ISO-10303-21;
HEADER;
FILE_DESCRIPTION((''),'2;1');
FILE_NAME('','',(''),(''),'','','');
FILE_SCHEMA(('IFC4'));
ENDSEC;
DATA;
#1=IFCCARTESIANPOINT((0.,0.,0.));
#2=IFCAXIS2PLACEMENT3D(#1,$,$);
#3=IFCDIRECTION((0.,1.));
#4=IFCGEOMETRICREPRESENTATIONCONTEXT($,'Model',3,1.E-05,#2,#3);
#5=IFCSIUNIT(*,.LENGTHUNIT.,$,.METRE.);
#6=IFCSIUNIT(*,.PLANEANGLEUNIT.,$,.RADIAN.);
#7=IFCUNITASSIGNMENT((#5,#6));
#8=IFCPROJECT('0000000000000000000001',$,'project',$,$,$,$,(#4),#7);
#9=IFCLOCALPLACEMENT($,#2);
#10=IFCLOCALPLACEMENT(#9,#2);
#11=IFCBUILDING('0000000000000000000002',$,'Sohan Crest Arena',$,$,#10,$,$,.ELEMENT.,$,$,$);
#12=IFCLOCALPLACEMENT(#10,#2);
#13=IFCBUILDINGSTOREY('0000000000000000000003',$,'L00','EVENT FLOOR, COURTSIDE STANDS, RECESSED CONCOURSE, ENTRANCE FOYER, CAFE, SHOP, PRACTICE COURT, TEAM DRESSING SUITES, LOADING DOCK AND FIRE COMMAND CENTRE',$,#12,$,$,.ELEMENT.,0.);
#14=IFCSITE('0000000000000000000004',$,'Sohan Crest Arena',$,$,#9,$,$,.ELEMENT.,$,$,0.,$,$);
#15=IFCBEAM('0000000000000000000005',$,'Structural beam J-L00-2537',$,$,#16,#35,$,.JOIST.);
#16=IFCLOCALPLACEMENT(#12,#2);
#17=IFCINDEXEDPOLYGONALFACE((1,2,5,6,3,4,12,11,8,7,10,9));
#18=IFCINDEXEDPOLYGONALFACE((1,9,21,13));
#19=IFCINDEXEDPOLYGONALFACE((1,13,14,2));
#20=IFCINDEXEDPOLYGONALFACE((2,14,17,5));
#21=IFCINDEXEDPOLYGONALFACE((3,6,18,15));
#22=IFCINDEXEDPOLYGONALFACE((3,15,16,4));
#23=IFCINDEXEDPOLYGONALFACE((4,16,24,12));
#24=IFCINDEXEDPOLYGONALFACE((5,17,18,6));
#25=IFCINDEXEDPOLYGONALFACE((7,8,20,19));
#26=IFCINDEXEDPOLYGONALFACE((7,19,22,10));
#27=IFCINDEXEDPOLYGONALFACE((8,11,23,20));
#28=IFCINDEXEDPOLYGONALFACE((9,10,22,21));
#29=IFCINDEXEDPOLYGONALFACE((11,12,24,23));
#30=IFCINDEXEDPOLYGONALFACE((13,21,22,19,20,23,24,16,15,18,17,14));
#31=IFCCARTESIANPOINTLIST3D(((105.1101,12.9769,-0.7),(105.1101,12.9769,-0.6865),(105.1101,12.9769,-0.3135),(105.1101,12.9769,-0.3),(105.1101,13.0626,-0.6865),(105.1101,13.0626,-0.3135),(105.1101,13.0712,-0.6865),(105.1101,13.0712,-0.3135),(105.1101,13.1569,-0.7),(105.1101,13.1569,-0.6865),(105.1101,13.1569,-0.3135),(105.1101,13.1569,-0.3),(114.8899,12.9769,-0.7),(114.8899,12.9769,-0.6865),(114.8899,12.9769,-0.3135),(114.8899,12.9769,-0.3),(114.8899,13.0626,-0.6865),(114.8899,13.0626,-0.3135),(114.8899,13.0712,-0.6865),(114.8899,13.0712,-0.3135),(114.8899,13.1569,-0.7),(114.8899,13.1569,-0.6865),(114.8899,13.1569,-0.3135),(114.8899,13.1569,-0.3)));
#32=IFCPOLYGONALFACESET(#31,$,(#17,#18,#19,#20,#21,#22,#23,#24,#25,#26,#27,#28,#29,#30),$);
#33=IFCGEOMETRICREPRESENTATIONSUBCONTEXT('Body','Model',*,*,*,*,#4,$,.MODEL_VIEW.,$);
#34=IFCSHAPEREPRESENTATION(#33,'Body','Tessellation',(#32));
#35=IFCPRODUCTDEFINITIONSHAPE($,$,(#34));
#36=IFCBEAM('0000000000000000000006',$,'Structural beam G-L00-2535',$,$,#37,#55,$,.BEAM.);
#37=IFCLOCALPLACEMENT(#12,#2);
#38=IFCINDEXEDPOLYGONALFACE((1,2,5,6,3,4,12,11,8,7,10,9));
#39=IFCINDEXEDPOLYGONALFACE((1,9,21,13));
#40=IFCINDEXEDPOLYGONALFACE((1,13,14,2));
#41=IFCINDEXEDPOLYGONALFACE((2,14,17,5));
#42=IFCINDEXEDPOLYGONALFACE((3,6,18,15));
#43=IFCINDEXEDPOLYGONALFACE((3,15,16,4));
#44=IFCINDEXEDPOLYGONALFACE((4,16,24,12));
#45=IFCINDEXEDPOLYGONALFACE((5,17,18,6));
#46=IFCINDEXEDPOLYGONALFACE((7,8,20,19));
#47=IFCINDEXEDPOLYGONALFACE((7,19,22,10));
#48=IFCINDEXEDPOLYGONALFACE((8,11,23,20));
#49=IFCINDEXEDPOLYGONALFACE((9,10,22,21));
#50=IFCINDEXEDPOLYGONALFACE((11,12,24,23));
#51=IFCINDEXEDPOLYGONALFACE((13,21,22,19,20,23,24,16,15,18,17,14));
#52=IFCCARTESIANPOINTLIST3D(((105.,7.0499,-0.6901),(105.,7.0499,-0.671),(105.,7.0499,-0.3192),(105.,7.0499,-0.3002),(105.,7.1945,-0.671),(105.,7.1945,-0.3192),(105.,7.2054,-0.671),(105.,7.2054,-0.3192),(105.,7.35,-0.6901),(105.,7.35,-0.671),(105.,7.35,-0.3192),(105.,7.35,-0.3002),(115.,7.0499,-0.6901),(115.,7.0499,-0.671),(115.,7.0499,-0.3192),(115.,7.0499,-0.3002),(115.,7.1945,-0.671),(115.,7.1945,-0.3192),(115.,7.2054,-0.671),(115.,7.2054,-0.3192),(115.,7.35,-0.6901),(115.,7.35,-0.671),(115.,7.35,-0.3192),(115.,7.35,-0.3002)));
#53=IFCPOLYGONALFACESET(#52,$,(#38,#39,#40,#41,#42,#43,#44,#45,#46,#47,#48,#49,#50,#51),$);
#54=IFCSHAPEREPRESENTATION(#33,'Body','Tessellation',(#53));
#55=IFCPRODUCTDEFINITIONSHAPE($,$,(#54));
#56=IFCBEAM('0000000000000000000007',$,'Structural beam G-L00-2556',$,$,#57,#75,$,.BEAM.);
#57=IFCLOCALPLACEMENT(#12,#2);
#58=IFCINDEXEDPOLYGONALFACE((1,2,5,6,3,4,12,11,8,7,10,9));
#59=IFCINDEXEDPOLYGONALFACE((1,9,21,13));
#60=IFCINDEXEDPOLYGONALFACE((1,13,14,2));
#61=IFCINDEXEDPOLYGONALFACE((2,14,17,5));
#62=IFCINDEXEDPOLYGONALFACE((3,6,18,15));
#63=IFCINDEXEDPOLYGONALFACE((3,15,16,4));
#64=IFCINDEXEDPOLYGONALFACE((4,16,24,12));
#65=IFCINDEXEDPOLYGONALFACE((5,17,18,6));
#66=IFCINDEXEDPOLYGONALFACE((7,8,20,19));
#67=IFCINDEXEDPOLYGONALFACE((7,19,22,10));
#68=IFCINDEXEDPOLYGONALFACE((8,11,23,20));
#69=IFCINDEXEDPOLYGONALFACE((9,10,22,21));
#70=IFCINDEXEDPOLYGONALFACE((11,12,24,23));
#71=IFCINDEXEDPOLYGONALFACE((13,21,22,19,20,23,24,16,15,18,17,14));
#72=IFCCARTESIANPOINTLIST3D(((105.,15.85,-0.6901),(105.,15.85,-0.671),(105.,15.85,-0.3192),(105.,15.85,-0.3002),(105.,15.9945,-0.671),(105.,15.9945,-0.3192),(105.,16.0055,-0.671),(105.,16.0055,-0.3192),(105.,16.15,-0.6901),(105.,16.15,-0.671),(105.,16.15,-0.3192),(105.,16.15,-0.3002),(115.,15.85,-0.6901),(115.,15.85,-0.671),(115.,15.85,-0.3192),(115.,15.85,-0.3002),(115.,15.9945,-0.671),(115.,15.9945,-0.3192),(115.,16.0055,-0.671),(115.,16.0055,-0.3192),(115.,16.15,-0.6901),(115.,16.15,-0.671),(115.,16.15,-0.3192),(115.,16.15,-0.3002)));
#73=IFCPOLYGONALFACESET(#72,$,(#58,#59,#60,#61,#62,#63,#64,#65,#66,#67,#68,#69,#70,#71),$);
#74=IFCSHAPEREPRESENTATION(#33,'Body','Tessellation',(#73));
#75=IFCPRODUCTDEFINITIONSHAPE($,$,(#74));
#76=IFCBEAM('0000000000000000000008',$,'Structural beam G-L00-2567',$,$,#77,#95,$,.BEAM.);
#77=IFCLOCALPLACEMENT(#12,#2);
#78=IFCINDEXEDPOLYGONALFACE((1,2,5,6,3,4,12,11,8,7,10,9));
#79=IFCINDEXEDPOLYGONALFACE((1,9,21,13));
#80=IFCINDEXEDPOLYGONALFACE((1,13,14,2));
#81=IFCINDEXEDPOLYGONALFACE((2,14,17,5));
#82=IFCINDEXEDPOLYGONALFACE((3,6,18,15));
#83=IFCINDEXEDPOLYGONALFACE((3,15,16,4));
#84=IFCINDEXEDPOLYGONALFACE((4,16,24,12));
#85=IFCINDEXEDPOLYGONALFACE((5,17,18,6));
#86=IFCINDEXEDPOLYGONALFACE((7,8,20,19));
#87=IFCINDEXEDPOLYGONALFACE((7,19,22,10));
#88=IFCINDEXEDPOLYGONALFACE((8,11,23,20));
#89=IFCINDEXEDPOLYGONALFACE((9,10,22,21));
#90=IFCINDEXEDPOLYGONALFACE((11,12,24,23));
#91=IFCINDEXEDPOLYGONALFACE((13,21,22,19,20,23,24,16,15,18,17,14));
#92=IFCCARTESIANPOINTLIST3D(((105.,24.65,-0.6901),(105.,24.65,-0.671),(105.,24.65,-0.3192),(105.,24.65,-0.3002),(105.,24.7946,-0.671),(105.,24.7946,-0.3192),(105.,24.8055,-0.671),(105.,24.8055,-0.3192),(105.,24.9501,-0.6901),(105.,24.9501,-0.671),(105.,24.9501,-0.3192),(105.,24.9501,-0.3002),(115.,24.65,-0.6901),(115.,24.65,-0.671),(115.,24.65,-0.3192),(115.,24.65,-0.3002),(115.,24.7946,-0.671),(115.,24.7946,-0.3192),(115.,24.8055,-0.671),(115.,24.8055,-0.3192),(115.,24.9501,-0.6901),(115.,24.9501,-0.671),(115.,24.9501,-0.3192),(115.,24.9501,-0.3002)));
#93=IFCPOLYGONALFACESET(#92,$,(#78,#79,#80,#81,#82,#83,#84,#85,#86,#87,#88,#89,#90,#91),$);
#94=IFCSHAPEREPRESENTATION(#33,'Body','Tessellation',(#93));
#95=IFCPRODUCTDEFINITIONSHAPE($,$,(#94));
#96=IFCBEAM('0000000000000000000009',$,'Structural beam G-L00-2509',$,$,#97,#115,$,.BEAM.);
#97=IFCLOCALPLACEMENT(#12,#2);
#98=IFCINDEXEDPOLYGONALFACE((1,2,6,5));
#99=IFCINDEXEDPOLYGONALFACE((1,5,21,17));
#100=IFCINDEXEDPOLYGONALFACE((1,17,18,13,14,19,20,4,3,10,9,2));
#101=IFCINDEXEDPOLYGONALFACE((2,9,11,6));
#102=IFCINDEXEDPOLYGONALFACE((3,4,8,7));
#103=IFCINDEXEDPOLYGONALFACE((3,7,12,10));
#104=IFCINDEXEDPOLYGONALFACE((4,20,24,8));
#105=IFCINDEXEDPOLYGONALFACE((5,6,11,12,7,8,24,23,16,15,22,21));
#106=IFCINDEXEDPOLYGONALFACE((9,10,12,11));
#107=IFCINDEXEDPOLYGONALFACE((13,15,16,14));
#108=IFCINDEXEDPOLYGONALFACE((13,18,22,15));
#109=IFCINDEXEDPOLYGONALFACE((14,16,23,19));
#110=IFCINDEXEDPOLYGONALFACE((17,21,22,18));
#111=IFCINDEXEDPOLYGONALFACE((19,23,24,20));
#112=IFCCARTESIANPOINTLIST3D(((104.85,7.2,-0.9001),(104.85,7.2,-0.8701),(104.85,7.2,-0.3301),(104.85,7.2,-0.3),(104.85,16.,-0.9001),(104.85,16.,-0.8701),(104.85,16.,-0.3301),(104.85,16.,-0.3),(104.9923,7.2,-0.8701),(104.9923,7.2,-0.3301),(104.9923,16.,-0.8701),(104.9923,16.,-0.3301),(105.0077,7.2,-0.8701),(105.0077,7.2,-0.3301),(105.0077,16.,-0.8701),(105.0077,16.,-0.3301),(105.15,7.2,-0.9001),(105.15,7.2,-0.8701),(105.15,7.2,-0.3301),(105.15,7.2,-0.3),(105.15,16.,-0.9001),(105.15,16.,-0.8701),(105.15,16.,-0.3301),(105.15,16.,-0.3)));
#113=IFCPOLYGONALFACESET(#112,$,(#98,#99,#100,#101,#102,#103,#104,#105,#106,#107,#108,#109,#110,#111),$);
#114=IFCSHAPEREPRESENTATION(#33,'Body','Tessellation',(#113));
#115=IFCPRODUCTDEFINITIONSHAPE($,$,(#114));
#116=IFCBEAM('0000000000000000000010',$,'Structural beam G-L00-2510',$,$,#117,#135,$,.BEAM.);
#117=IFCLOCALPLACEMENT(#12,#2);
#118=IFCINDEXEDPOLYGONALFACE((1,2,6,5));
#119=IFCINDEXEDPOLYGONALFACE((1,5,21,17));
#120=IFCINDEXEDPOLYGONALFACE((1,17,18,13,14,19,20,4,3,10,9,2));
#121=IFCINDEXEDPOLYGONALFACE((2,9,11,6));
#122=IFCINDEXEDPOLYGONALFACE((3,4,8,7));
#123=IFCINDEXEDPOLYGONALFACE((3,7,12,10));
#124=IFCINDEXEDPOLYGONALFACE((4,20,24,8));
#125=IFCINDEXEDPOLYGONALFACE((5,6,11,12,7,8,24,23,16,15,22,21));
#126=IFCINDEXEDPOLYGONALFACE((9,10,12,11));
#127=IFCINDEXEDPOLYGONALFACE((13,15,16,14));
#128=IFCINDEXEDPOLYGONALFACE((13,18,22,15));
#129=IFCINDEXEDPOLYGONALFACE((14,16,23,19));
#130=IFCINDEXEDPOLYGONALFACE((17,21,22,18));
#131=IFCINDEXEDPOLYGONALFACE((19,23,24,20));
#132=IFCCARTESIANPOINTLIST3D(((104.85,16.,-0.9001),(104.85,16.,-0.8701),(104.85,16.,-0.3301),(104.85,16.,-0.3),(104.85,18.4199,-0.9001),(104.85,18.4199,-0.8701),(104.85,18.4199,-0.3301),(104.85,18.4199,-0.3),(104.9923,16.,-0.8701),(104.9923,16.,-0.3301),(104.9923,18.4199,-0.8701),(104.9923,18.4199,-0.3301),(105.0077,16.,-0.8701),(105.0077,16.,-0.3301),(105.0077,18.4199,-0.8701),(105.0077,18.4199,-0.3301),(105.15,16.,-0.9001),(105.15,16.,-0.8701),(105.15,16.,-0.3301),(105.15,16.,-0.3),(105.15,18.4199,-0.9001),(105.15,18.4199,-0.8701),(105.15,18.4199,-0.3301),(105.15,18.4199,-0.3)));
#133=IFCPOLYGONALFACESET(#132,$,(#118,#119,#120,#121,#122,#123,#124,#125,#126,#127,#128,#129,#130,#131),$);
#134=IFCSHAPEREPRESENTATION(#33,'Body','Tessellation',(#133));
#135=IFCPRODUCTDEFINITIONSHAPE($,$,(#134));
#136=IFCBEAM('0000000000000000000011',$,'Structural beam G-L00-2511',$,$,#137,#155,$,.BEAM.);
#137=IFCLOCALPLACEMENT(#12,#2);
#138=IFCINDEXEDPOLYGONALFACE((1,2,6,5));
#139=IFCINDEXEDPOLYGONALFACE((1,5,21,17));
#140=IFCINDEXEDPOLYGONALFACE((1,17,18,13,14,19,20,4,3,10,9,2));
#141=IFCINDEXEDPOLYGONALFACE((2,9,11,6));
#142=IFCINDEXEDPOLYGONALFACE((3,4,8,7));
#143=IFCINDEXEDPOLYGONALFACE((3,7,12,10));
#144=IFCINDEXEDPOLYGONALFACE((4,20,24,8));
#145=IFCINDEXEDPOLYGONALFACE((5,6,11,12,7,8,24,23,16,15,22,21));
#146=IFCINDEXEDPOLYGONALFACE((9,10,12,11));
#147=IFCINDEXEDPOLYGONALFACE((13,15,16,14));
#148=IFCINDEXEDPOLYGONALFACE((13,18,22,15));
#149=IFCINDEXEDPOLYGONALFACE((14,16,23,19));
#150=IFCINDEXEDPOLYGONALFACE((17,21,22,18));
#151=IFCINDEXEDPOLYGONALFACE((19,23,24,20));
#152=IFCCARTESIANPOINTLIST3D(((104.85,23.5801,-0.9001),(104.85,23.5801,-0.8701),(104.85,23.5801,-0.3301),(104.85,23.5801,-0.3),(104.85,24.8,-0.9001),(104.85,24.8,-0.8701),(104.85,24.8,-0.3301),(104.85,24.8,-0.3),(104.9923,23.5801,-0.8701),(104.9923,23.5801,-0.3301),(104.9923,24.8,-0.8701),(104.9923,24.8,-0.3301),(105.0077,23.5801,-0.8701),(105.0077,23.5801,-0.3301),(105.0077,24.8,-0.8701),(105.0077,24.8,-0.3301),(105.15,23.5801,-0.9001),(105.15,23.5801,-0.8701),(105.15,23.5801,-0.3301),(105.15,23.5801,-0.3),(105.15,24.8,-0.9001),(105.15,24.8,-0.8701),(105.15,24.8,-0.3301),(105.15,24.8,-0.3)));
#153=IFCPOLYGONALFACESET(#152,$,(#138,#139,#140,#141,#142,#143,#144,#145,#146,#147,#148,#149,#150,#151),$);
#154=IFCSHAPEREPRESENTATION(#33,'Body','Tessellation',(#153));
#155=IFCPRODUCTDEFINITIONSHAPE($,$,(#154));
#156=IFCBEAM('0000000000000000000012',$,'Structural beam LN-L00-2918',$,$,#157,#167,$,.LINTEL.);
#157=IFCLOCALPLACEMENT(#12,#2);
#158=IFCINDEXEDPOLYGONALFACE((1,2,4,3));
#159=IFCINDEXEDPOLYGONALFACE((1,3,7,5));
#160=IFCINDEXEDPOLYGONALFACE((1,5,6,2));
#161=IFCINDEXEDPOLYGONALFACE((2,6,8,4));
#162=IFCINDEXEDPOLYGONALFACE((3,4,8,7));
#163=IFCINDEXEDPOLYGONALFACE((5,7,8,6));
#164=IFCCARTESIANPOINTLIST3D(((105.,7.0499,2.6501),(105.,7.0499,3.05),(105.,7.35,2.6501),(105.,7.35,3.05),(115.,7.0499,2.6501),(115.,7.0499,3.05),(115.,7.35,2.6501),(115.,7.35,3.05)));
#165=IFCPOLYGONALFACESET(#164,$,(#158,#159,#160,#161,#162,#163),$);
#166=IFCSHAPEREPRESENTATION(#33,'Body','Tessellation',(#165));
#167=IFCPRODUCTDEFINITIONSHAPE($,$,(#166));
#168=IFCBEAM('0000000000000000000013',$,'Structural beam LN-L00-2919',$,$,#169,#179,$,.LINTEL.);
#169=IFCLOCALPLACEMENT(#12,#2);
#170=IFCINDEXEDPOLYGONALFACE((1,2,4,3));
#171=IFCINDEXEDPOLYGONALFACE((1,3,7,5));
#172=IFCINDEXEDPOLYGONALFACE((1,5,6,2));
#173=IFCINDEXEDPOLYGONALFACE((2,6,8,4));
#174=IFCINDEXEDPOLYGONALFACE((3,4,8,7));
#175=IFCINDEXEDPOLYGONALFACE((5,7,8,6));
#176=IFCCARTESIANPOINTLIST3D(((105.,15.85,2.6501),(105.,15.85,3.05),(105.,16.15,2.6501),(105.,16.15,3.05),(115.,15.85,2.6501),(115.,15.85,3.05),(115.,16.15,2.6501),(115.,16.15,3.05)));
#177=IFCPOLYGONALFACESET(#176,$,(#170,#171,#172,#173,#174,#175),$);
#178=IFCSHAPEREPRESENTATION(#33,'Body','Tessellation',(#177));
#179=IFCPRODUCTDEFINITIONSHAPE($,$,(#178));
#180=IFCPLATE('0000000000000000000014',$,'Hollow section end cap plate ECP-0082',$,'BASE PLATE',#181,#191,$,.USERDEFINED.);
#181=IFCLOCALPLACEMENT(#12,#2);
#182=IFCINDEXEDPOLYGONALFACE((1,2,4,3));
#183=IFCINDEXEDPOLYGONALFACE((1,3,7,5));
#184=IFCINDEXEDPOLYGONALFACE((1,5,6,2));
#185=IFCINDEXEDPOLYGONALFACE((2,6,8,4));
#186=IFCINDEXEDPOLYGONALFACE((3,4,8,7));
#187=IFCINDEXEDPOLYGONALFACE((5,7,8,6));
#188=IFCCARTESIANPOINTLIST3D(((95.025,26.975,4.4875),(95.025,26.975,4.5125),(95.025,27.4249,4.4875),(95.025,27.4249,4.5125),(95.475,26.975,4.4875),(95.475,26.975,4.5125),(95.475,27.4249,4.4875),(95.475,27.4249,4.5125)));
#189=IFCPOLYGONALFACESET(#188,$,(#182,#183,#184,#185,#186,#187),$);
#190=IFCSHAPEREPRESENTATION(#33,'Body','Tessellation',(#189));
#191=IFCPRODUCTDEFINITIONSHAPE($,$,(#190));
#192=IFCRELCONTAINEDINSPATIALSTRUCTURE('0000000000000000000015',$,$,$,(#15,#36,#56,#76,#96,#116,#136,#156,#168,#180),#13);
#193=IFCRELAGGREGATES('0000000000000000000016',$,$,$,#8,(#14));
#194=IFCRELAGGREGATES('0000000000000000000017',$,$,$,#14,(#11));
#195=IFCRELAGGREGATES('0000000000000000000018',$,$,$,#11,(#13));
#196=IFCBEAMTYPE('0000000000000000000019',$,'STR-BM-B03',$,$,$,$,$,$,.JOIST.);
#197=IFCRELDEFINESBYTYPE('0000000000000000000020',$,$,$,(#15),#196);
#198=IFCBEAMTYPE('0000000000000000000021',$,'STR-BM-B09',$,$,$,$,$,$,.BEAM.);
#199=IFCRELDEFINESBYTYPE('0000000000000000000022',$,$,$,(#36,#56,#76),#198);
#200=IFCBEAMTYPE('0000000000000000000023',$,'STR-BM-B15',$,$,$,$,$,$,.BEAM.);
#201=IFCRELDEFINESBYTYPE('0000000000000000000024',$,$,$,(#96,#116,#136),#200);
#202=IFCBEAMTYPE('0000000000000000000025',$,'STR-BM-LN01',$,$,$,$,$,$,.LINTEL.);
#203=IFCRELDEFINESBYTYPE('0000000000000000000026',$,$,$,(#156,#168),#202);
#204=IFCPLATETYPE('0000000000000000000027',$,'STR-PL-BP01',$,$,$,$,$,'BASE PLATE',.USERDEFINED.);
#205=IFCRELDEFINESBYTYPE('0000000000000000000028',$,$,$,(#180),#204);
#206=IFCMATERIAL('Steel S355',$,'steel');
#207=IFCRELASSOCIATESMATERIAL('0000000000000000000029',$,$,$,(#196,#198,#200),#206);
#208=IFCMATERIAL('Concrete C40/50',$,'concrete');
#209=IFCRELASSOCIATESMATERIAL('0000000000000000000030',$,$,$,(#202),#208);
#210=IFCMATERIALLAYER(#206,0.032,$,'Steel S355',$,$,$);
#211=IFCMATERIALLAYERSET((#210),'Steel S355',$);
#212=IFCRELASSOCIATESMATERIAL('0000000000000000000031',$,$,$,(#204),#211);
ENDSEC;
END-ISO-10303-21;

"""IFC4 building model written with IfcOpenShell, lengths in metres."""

from ifc_helpers import new_model, si_unit, direction, frame, origin, origin_2d, place, context, subcontext, project, spatial, rectangle, i_section, extrude, material, layer, layer_set, material_profile, profile_set, type_object, element, save


model = new_model("IFC4")

# Units and contexts
model_context = context("Model", 3, precision=1e-05, world=origin(), true_north=direction((0.0, 1.0)))
body_context = subcontext(model_context, "Body", "Model", "MODEL_VIEW")
ifc_project = project(units=[si_unit("LENGTHUNIT", "METRE"), si_unit("PLANEANGLEUNIT", "RADIAN")], contexts=[model_context])

# Site, building, storey
site_placement = place(None, origin())
site = spatial("IfcSite", under=ifc_project, at=site_placement, Name="Sohan Crest Arena", CompositionType="ELEMENT", RefElevation=0.0)
building_placement = place(site_placement, origin())
building = spatial("IfcBuilding", under=site, at=building_placement, Name="Sohan Crest Arena", CompositionType="ELEMENT")
storey_placement = place(building_placement, origin())
storey = spatial("IfcBuildingStorey", under=building, at=storey_placement, Name="L00", Description="EVENT FLOOR, COURTSIDE STANDS, RECESSED CONCOURSE, ENTRANCE FOYER, CAFE, SHOP, PRACTICE COURT, TEAM DRESSING SUITES, LOADING DOCK AND FIRE COMMAND CENTRE", CompositionType="ELEMENT", Elevation=0.0)

# Shared definitions
ifc_material_1 = material(Name="Steel S355", Category="steel")

# Beams
ifc_material_profile_1 = material_profile(ifc_material_1, i_section(OverallWidth=0.1799, OverallDepth=0.3999, WebThickness=0.0085, FlangeThickness=0.0134, at=origin_2d()), Name="IPE 400")
ifc_profile_set_1 = profile_set([ifc_material_profile_1], Name="Steel S355")
beam_type_1 = type_object("IfcBeamType", Name="STR-BM-B03", PredefinedType="JOIST", material=ifc_profile_set_1)
for number, where, z_axis, x_axis, name in (
    (1, (105.1101, 13.0669, -0.5), (1.0, 0.0, 0.0), (0.0, 1.0, 0.0), "Structural beam J-L00-2537"),
):
    element("IfcBeam", number, at=place(storey_placement, frame(where, z_axis=z_axis, x_axis=x_axis)), inside=storey, type_object=beam_type_1, Name=name, PredefinedType="JOIST", context=body_context, shape_type="SweptSolid", body=[
        extrude(i_section(OverallWidth=0.1799, OverallDepth=0.3999, WebThickness=0.0085, FlangeThickness=0.0134, at=origin_2d()), origin(), (0.0, 0.0, 1.0), 9.7798),
    ])
ifc_material_profile_2 = material_profile(ifc_material_1, i_section(OverallWidth=0.3, OverallDepth=0.3899, WebThickness=0.011, FlangeThickness=0.019, at=origin_2d()), Name="HEA 400")
ifc_profile_set_2 = profile_set([ifc_material_profile_2], Name="Steel S355")
beam_type_2 = type_object("IfcBeamType", Name="STR-BM-B09", PredefinedType="BEAM", material=ifc_profile_set_2)
for number, where, z_axis, x_axis, name in (
    (2, (105.0, 7.2, -0.4951), (1.0, 0.0, 0.0), (0.0, 1.0, 0.0), "Structural beam G-L00-2535"),
    (3, (105.0, 16.0, -0.4951), (1.0, 0.0, 0.0), (0.0, 1.0, 0.0), "Structural beam G-L00-2556"),
    (4, (105.0, 24.8, -0.4951), (1.0, 0.0, 0.0), (0.0, 1.0, 0.0), "Structural beam G-L00-2567"),
):
    element("IfcBeam", number, at=place(storey_placement, frame(where, z_axis=z_axis, x_axis=x_axis)), inside=storey, type_object=beam_type_2, Name=name, PredefinedType="BEAM", context=body_context, shape_type="SweptSolid", body=[
        extrude(i_section(OverallWidth=0.3, OverallDepth=0.3899, WebThickness=0.011, FlangeThickness=0.019, at=origin_2d()), origin(), (0.0, 0.0, 1.0), 10.0),
    ])
ifc_material_profile_3 = material_profile(ifc_material_1, i_section(OverallWidth=0.3, OverallDepth=0.6001, WebThickness=0.0154, FlangeThickness=0.03, at=origin_2d()), Name="HEB 600")
ifc_profile_set_3 = profile_set([ifc_material_profile_3], Name="Steel S355")
beam_type_3 = type_object("IfcBeamType", Name="STR-BM-B15", PredefinedType="BEAM", material=ifc_profile_set_3)
beam_1_placement = place(storey_placement, frame((105.0, 7.2, -0.6001), z_axis=(0.0, 1.0, 0.0), x_axis=(-1.0, 0.0, 0.0)))
element("IfcBeam", 5, at=beam_1_placement, inside=storey, type_object=beam_type_3, Name="Structural beam G-L00-2509", PredefinedType="BEAM", context=body_context, shape_type="SweptSolid", body=[
    extrude(i_section(OverallWidth=0.3, OverallDepth=0.6001, WebThickness=0.0154, FlangeThickness=0.03, at=origin_2d()), origin(), (0.0, 0.0, 1.0), 8.8),
])
beam_2_placement = place(storey_placement, frame((105.0, 16.0, -0.6001), z_axis=(0.0, 1.0, 0.0), x_axis=(-1.0, 0.0, 0.0)))
element("IfcBeam", 6, at=beam_2_placement, inside=storey, type_object=beam_type_3, Name="Structural beam G-L00-2510", PredefinedType="BEAM", context=body_context, shape_type="SweptSolid", body=[
    extrude(i_section(OverallWidth=0.3, OverallDepth=0.6001, WebThickness=0.0154, FlangeThickness=0.03, at=origin_2d()), origin(), (0.0, 0.0, 1.0), 2.4199),
])
beam_3_placement = place(storey_placement, frame((105.0, 23.5801, -0.6001), z_axis=(0.0, 1.0, 0.0), x_axis=(-1.0, 0.0, 0.0)))
element("IfcBeam", 7, at=beam_3_placement, inside=storey, type_object=beam_type_3, Name="Structural beam G-L00-2511", PredefinedType="BEAM", context=body_context, shape_type="SweptSolid", body=[
    extrude(i_section(OverallWidth=0.3, OverallDepth=0.6001, WebThickness=0.0154, FlangeThickness=0.03, at=origin_2d()), origin(), (0.0, 0.0, 1.0), 1.22),
])
ifc_material_2 = material(Name="Concrete C40/50", Category="concrete")
ifc_material_profile_4 = material_profile(ifc_material_2, rectangle(XDim=0.3, YDim=0.3999, at=origin_2d()), Name="RC-LNT 300x400")
ifc_profile_set_4 = profile_set([ifc_material_profile_4], Name="Concrete C40/50")
beam_type_4 = type_object("IfcBeamType", Name="STR-BM-LN01", PredefinedType="LINTEL", material=ifc_profile_set_4)
for number, where, z_axis, x_axis, name in (
    (8, (105.0, 7.2, 2.8501), (1.0, 0.0, 0.0), (0.0, 1.0, 0.0), "Structural beam LN-L00-2918"),
    (9, (105.0, 16.0, 2.8501), (1.0, 0.0, 0.0), (0.0, 1.0, 0.0), "Structural beam LN-L00-2919"),
):
    element("IfcBeam", number, at=place(storey_placement, frame(where, z_axis=z_axis, x_axis=x_axis)), inside=storey, type_object=beam_type_4, Name=name, PredefinedType="LINTEL", context=body_context, shape_type="SweptSolid", body=[
        extrude(rectangle(XDim=0.3, YDim=0.3999, at=origin_2d()), origin(), (0.0, 0.0, 1.0), 10.0),
    ])

# Plate
ifc_layer_1 = layer(ifc_material_1, 0.032, Name="Steel S355")
ifc_layer_set_1 = layer_set([ifc_layer_1], Name="Steel S355")
plate_type = type_object("IfcPlateType", Name="STR-PL-BP01", ElementType="BASE PLATE", PredefinedType="USERDEFINED", material=ifc_layer_set_1)
plate_placement = place(storey_placement, frame((95.25, 27.2, 4.4875), z_axis=(0.0, 0.0, 1.0), x_axis=(1.0, 0.0, 0.0)))
element("IfcPlate", 10, at=plate_placement, inside=storey, type_object=plate_type, Name="Hollow section end cap plate ECP-0082", ObjectType="BASE PLATE", PredefinedType="USERDEFINED", context=body_context, shape_type="SweptSolid", body=[
    extrude(rectangle(XDim=0.45, YDim=0.45, at=origin_2d()), origin(), (0.0, 0.0, 1.0), 0.0249),
])

save(model, "model.ifc")
